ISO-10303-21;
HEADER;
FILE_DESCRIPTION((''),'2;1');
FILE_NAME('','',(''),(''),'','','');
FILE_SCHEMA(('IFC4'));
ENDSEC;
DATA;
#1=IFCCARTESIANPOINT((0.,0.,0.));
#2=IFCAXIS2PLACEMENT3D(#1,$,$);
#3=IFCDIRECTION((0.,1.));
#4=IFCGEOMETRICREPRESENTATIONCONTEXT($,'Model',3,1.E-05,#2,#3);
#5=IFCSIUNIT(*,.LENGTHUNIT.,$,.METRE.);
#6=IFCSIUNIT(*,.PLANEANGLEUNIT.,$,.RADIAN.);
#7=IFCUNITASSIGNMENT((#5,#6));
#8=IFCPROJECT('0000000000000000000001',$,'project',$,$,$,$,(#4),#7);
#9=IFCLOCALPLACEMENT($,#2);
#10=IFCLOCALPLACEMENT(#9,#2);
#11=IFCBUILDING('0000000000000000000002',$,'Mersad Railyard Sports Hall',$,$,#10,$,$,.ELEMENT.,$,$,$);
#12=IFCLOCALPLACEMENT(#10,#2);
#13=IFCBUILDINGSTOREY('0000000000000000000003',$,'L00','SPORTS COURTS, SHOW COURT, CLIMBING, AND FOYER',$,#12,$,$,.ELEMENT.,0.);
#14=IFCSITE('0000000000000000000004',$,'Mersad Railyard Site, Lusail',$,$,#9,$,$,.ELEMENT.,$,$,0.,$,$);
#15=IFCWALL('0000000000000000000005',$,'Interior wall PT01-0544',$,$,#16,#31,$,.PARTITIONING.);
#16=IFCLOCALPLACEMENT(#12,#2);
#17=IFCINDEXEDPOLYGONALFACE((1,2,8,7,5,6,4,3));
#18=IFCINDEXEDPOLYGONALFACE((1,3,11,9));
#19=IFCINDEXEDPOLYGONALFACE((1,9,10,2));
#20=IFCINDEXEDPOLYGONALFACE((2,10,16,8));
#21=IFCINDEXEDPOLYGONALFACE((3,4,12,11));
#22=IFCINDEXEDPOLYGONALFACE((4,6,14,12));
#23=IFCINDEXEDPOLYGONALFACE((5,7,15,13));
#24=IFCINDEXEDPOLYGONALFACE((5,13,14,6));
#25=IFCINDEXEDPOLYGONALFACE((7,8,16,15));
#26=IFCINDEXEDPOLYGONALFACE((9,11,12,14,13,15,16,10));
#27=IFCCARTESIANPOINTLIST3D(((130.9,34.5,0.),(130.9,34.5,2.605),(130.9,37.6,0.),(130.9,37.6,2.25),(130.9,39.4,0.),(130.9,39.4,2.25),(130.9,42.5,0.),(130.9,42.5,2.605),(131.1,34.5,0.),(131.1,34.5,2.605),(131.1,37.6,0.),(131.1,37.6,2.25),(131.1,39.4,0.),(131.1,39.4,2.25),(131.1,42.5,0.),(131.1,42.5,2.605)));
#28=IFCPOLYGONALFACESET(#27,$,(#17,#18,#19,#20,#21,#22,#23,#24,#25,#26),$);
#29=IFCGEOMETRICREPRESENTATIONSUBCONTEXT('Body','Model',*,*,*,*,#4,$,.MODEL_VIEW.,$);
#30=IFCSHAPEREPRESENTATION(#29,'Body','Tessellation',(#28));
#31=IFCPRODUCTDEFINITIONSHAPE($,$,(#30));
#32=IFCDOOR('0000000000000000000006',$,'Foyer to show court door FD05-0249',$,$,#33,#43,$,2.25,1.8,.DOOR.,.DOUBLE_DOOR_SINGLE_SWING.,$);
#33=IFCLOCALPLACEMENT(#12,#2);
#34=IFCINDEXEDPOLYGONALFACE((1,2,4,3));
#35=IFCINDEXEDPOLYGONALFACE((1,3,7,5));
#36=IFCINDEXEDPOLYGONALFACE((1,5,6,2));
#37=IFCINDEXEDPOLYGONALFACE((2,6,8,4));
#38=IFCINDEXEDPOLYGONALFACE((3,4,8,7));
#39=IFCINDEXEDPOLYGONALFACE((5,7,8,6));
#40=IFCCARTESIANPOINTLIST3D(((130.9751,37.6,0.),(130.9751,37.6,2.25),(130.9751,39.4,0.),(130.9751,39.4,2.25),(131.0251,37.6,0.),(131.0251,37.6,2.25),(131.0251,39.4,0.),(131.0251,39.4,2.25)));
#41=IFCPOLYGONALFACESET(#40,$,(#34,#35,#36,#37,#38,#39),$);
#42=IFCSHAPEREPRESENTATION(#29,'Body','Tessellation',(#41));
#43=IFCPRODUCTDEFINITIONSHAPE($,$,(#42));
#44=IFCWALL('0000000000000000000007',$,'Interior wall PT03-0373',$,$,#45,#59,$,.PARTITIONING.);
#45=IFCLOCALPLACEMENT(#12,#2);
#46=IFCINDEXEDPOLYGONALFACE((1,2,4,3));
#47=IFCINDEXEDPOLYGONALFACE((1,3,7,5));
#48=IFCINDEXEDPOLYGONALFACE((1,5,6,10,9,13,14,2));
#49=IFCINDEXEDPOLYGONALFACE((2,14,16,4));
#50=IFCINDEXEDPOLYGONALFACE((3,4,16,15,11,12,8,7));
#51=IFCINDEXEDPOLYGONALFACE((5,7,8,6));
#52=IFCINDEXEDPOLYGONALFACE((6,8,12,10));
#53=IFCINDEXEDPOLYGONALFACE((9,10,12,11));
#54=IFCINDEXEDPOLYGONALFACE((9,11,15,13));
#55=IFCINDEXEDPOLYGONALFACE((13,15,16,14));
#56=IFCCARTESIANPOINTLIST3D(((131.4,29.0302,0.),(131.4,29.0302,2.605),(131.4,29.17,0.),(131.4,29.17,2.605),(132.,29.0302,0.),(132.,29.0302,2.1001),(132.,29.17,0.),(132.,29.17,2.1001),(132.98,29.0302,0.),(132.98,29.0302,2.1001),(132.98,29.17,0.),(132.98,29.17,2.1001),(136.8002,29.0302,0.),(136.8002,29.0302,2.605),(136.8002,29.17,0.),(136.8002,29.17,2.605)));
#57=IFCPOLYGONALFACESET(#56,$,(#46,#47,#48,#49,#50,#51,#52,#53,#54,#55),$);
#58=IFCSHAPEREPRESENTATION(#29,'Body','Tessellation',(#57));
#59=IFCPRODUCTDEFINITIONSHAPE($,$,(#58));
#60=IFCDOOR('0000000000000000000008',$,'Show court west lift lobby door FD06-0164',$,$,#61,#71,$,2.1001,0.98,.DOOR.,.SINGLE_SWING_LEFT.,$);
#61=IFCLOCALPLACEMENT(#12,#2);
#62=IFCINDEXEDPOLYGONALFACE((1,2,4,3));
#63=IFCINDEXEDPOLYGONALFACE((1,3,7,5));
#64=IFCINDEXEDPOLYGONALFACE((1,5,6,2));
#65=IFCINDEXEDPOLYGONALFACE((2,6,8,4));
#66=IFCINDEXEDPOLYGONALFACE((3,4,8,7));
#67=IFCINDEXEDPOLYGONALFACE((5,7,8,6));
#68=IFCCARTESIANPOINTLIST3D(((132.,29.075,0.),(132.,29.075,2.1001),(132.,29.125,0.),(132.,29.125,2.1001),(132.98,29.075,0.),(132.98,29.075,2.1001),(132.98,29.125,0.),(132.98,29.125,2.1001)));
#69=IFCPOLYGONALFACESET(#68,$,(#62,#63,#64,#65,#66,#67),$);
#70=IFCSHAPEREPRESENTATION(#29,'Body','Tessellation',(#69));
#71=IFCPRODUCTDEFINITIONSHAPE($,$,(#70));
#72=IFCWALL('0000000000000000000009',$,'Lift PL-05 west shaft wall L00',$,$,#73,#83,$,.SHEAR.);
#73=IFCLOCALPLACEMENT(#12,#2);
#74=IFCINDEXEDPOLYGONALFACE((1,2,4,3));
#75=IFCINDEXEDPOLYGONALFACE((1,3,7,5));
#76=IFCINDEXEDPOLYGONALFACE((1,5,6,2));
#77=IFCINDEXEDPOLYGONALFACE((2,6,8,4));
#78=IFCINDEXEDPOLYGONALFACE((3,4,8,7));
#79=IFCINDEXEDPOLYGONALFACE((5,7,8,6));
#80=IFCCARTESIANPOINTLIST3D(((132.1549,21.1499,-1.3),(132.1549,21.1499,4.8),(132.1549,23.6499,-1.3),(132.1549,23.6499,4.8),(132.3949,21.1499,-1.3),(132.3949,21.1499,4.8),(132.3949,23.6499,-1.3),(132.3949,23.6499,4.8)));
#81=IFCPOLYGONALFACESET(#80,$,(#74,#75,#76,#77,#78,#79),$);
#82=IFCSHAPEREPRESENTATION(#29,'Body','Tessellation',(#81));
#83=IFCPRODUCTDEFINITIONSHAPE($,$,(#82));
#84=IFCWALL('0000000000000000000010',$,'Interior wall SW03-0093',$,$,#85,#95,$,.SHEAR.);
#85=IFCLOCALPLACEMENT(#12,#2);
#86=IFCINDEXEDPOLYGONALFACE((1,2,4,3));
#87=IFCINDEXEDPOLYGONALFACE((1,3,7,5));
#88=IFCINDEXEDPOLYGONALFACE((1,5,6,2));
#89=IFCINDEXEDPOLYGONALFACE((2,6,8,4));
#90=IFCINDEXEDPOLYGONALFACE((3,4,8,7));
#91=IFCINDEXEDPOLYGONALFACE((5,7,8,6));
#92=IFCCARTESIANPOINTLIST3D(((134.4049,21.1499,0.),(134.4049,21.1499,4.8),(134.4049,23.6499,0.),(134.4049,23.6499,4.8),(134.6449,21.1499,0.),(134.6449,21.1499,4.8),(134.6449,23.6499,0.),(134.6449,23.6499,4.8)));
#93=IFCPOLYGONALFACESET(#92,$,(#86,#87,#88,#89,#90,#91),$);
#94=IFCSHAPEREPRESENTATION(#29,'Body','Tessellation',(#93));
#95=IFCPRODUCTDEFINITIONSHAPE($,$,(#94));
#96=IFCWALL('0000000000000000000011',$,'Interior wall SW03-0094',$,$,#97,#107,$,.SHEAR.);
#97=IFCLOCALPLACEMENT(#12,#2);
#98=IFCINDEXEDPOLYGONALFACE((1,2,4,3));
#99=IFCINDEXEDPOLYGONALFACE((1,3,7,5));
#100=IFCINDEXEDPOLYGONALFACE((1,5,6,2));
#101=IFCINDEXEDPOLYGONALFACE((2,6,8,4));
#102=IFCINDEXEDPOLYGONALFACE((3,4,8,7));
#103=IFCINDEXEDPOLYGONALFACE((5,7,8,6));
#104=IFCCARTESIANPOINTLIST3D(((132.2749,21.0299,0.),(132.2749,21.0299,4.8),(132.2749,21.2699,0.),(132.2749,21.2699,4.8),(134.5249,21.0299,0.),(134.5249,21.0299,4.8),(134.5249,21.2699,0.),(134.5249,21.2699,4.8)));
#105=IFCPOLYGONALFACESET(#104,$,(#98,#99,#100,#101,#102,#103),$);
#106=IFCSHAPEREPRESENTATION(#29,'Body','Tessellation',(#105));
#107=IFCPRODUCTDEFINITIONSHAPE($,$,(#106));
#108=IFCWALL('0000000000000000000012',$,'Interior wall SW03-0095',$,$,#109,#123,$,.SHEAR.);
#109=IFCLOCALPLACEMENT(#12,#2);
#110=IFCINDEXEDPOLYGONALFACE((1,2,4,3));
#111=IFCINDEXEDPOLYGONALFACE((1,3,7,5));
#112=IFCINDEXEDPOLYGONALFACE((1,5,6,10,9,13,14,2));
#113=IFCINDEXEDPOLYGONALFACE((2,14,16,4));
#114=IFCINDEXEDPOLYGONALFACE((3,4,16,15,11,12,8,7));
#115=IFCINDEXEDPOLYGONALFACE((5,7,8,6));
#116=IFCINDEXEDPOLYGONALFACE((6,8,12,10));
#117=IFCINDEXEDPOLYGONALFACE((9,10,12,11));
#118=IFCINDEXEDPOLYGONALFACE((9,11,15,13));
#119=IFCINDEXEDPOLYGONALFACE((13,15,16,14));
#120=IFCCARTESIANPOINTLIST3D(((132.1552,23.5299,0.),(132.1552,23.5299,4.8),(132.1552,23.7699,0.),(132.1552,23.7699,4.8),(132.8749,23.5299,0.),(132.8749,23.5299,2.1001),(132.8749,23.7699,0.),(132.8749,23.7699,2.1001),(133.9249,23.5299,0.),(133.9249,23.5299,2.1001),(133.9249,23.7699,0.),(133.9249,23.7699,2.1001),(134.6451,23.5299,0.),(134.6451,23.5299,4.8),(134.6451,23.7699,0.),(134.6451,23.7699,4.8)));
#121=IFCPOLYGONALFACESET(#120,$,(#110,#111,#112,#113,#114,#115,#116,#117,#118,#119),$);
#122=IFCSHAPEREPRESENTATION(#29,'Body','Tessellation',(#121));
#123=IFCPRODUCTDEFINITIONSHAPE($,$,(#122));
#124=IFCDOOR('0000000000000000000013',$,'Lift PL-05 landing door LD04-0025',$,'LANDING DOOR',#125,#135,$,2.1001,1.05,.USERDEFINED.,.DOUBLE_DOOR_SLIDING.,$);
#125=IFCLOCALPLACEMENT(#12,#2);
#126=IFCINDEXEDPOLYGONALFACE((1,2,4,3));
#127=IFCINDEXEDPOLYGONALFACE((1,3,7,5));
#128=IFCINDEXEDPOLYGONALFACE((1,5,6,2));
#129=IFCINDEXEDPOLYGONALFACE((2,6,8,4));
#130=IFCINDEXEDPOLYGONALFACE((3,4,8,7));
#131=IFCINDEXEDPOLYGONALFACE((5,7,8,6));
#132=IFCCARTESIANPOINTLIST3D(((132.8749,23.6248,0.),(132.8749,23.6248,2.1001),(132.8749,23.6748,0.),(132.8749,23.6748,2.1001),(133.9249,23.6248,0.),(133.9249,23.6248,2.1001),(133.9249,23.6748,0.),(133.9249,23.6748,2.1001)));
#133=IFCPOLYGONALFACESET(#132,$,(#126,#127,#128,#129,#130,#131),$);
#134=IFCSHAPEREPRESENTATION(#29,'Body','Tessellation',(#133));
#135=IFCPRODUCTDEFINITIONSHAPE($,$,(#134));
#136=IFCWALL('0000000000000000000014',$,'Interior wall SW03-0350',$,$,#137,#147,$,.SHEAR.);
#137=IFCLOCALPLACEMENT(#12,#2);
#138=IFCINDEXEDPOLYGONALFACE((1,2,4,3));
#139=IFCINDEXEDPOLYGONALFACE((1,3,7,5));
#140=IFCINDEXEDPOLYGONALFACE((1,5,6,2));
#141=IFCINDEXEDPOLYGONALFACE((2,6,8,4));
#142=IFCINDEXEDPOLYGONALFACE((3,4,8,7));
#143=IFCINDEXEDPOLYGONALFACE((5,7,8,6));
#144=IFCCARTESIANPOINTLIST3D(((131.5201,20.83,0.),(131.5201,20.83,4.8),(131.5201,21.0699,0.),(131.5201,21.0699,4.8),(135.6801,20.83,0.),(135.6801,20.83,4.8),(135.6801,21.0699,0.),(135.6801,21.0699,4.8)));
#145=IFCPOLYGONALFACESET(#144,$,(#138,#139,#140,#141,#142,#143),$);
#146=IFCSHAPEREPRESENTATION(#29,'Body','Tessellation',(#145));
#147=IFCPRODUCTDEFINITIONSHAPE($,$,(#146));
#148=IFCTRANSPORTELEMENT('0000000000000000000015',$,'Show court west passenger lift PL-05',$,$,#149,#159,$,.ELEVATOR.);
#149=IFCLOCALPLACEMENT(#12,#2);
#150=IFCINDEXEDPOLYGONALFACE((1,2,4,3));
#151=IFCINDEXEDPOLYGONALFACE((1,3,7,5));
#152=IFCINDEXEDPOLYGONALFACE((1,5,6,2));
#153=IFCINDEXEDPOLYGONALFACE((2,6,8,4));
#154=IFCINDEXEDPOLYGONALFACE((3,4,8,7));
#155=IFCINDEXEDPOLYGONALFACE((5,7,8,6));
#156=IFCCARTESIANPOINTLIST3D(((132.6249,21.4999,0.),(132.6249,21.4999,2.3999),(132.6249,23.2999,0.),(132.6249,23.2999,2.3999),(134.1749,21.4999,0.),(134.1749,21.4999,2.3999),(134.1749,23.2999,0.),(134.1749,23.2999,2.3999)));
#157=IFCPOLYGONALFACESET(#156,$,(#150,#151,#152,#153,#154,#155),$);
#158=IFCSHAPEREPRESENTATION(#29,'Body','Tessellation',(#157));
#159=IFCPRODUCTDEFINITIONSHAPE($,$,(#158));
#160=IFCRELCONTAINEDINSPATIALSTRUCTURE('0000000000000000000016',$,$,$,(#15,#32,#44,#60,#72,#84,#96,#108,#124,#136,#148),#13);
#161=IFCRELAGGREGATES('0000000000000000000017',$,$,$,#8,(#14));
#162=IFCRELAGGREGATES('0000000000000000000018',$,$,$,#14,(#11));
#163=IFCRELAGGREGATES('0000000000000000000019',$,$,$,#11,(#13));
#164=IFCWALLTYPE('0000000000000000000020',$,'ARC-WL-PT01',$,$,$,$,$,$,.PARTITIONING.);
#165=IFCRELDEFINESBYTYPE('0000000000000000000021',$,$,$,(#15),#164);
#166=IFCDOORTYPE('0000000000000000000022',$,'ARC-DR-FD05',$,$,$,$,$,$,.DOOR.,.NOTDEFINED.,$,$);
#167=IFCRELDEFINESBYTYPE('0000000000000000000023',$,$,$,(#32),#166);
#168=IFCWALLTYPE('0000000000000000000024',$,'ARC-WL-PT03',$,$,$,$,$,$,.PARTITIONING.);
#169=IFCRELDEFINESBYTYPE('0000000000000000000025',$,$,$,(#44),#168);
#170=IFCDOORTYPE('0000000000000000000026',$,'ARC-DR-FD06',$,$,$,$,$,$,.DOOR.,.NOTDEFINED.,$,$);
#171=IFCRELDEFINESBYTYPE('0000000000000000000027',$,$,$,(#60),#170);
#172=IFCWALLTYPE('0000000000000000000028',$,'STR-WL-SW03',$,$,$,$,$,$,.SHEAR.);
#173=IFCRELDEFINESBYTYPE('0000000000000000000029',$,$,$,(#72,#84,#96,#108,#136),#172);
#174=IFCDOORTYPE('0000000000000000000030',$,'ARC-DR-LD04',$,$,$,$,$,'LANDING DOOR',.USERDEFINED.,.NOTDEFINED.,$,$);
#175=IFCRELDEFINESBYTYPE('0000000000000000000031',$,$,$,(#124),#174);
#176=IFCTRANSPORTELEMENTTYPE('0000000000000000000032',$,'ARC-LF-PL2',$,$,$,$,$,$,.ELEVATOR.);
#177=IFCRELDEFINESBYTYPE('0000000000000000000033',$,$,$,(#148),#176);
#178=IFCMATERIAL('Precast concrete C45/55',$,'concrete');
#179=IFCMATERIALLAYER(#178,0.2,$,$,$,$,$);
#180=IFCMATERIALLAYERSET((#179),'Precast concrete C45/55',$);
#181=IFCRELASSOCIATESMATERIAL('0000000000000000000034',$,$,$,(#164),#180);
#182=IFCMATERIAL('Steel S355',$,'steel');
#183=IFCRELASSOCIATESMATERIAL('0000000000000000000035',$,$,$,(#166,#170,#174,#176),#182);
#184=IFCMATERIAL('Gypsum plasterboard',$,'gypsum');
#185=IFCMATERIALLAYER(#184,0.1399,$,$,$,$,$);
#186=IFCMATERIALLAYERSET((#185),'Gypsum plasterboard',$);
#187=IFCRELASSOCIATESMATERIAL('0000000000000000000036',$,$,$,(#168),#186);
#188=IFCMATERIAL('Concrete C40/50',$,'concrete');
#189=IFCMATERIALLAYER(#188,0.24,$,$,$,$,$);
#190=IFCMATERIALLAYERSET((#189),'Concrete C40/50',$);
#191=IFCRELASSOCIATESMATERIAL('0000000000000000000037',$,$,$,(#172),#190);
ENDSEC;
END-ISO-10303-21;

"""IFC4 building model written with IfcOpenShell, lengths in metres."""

from ifc_helpers import new_model, si_unit, direction, frame, frame_2d, origin, origin_2d, place, context, subcontext, project, spatial, rectangle, extrude, material, layer, layer_set, type_object, element, fill, save


model = new_model("IFC4")

# Units and contexts
model_context = context("Model", 3, precision=1e-05, world=origin(), true_north=direction((0.0, 1.0)))
body_context = subcontext(model_context, "Body", "Model", "MODEL_VIEW")
ifc_project = project(units=[si_unit("LENGTHUNIT", "METRE"), si_unit("PLANEANGLEUNIT", "RADIAN")], contexts=[model_context])

# Site, building, storey
site_placement = place(None, origin())
site = spatial("IfcSite", under=ifc_project, at=site_placement, Name="Mersad Railyard Site, Lusail", CompositionType="ELEMENT", RefElevation=0.0)
building_placement = place(site_placement, origin())
building = spatial("IfcBuilding", under=site, at=building_placement, Name="Mersad Railyard Sports Hall", CompositionType="ELEMENT")
storey_placement = place(building_placement, origin())
storey = spatial("IfcBuildingStorey", under=building, at=storey_placement, Name="L00", Description="SPORTS COURTS, SHOW COURT, CLIMBING, AND FOYER", CompositionType="ELEMENT", Elevation=0.0)

# Shared definitions
ifc_material_1 = material(Name="Concrete C40/50", Category="concrete")

# Walls, openings, doors
ifc_material_2 = material(Name="Precast concrete C45/55", Category="concrete")
ifc_layer_1 = layer(ifc_material_2, 0.2)
ifc_layer_set_1 = layer_set([ifc_layer_1], Name="Precast concrete C45/55")
wall_type_1 = type_object("IfcWallType", Name="ARC-WL-PT01", PredefinedType="PARTITIONING", material=ifc_layer_set_1)
ifc_material_3 = material(Name="Steel S355", Category="steel")
door_type_1 = type_object("IfcDoorType", Name="ARC-DR-FD05", OperationType="NOTDEFINED", PredefinedType="DOOR", material=ifc_material_3)
wall_1_placement = place(storey_placement, frame((131.0, 34.5, 0.0), z_axis=(0.0, 0.0, 1.0), x_axis=(0.0, 1.0, 0.0)))
wall_1 = element("IfcWall", 1, at=wall_1_placement, inside=storey, type_object=wall_type_1, Name="Interior wall PT01-0544", PredefinedType="PARTITIONING", context=body_context, shape_type="SweptSolid", body=[
    extrude(rectangle(XDim=8.0, YDim=0.2, at=frame_2d((4.0, 0.0))), origin(), (0.0, 0.0, 1.0), 2.605),
])
opening_1_placement = place(wall_1_placement, frame((3.1001, 0.0, 0.0)))
opening_1 = element("IfcOpeningElement", 2, at=opening_1_placement, cuts=wall_1, PredefinedType="OPENING", context=body_context, shape_type="SweptSolid", body=[
    extrude(rectangle(XDim=1.8, YDim=2.25, at=frame_2d((0.8999, 1.125))), frame((0.0, 0.1099, 0.0), z_axis=(0.0, -1.0, 0.0), x_axis=(1.0, 0.0, 0.0)), (0.0, 0.0, 1.0), 0.22),
])
door_1_placement = place(opening_1_placement, origin())
door_1 = element("IfcDoor", 3, at=door_1_placement, inside=storey, type_object=door_type_1, Name="Foyer to show court door FD05-0249", OperationType="DOUBLE_DOOR_SINGLE_SWING", OverallHeight=2.25, OverallWidth=1.8, PredefinedType="DOOR", context=body_context, shape_type="SweptSolid", body=[
    extrude(rectangle(XDim=1.8, YDim=2.25, at=frame_2d((0.8999, 1.125))), frame((0.0, 0.0249, 0.0), z_axis=(0.0, -1.0, 0.0), x_axis=(1.0, 0.0, 0.0)), (0.0, 0.0, 1.0), 0.05),
])
fill(opening_1, door_1)
ifc_material_4 = material(Name="Gypsum plasterboard", Category="gypsum")
ifc_layer_2 = layer(ifc_material_4, 0.1399)
ifc_layer_set_2 = layer_set([ifc_layer_2], Name="Gypsum plasterboard")
wall_type_2 = type_object("IfcWallType", Name="ARC-WL-PT03", PredefinedType="PARTITIONING", material=ifc_layer_set_2)
wall_2_placement = place(storey_placement, frame((131.3999, 29.1001, 0.0), z_axis=(0.0, 0.0, 1.0), x_axis=(1.0, 0.0, 0.0)))
wall_2 = element("IfcWall", 4, at=wall_2_placement, inside=storey, type_object=wall_type_2, Name="Interior wall PT03-0373", PredefinedType="PARTITIONING", context=body_context, shape_type="SweptSolid", body=[
    extrude(rectangle(XDim=5.4001, YDim=0.1399, at=frame_2d((2.7002, 0.0))), origin(), (0.0, 0.0, 1.0), 2.605),
])
opening_2_placement = place(wall_2_placement, frame((0.6001, 0.0, 0.0)))
opening_2 = element("IfcOpeningElement", 5, at=opening_2_placement, cuts=wall_2, PredefinedType="OPENING", context=body_context, shape_type="SweptSolid", body=[
    extrude(rectangle(XDim=0.98, YDim=2.1001, at=frame_2d((0.49, 1.05))), frame((0.0, 0.0798, 0.0), z_axis=(0.0, -1.0, 0.0), x_axis=(1.0, 0.0, 0.0)), (0.0, 0.0, 1.0), 0.1599),
])
door_type_2 = type_object("IfcDoorType", Name="ARC-DR-FD06", OperationType="NOTDEFINED", PredefinedType="DOOR", material=ifc_material_3)
door_2_placement = place(opening_2_placement, origin())
door_2 = element("IfcDoor", 6, at=door_2_placement, inside=storey, type_object=door_type_2, Name="Show court west lift lobby door FD06-0164", OperationType="SINGLE_SWING_LEFT", OverallHeight=2.1001, OverallWidth=0.98, PredefinedType="DOOR", context=body_context, shape_type="SweptSolid", body=[
    extrude(rectangle(XDim=0.98, YDim=2.1001, at=frame_2d((0.49, 1.05))), frame((0.0, 0.0249, 0.0), z_axis=(0.0, -1.0, 0.0), x_axis=(1.0, 0.0, 0.0)), (0.0, 0.0, 1.0), 0.05),
])
fill(opening_2, door_2)

# Walls
ifc_layer_3 = layer(ifc_material_1, 0.24)
ifc_layer_set_3 = layer_set([ifc_layer_3], Name="Concrete C40/50")
wall_type_3 = type_object("IfcWallType", Name="STR-WL-SW03", PredefinedType="SHEAR", material=ifc_layer_set_3)
wall_3_placement = place(storey_placement, frame((132.2749, 21.1499, -1.3), z_axis=(0.0, 0.0, 1.0), x_axis=(0.0, 1.0, 0.0)))
element("IfcWall", 7, at=wall_3_placement, inside=storey, type_object=wall_type_3, Name="Lift PL-05 west shaft wall L00", PredefinedType="SHEAR", context=body_context, shape_type="SweptSolid", body=[
    extrude(rectangle(XDim=2.5, YDim=0.24, at=frame_2d((1.25, 0.0))), origin(), (0.0, 0.0, 1.0), 6.1001),
])
wall_4_placement = place(storey_placement, frame((134.5249, 23.6499, 0.0), z_axis=(0.0, 0.0, 1.0), x_axis=(0.0, -1.0, 0.0)))
element("IfcWall", 8, at=wall_4_placement, inside=storey, type_object=wall_type_3, Name="Interior wall SW03-0093", PredefinedType="SHEAR", context=body_context, shape_type="SweptSolid", body=[
    extrude(rectangle(XDim=2.5, YDim=0.24, at=frame_2d((1.25, 0.0))), origin(), (0.0, 0.0, 1.0), 4.8),
])
wall_5_placement = place(storey_placement, frame((134.5249, 21.1499, 0.0), z_axis=(0.0, 0.0, 1.0), x_axis=(-1.0, 0.0, 0.0)))
element("IfcWall", 9, at=wall_5_placement, inside=storey, type_object=wall_type_3, Name="Interior wall SW03-0094", PredefinedType="SHEAR", context=body_context, shape_type="SweptSolid", body=[
    extrude(rectangle(XDim=2.25, YDim=0.24, at=frame_2d((1.125, 0.0))), origin(), (0.0, 0.0, 1.0), 4.8),
])

# Wall, opening, door
wall_6_placement = place(storey_placement, frame((132.155, 23.6499, 0.0), z_axis=(0.0, 0.0, 1.0), x_axis=(1.0, 0.0, 0.0)))
wall_6 = element("IfcWall", 10, at=wall_6_placement, inside=storey, type_object=wall_type_3, Name="Interior wall SW03-0095", PredefinedType="SHEAR", context=body_context, shape_type="SweptSolid", body=[
    extrude(rectangle(XDim=2.49, YDim=0.24, at=frame_2d((1.2451, 0.0))), origin(), (0.0, 0.0, 1.0), 4.8),
])
opening_3_placement = place(wall_6_placement, frame((0.72, 0.0, 0.0)))
opening_3 = element("IfcOpeningElement", 11, at=opening_3_placement, cuts=wall_6, PredefinedType="OPENING", context=body_context, shape_type="SweptSolid", body=[
    extrude(rectangle(XDim=1.05, YDim=2.1001, at=frame_2d((0.5249, 1.05))), frame((0.0, 0.1299, 0.0), z_axis=(0.0, -1.0, 0.0), x_axis=(1.0, 0.0, 0.0)), (0.0, 0.0, 1.0), 0.26),
])
door_type_3 = type_object("IfcDoorType", Name="ARC-DR-LD04", ElementType="LANDING DOOR", OperationType="NOTDEFINED", PredefinedType="USERDEFINED", material=ifc_material_3)
door_3_placement = place(opening_3_placement, origin())
door_3 = element("IfcDoor", 12, at=door_3_placement, inside=storey, type_object=door_type_3, Name="Lift PL-05 landing door LD04-0025", ObjectType="LANDING DOOR", OperationType="DOUBLE_DOOR_SLIDING", OverallHeight=2.1001, OverallWidth=1.05, PredefinedType="USERDEFINED", context=body_context, shape_type="SweptSolid", body=[
    extrude(rectangle(XDim=1.05, YDim=2.1001, at=frame_2d((0.5249, 1.05))), frame((0.0, 0.0249, 0.0), z_axis=(0.0, -1.0, 0.0), x_axis=(1.0, 0.0, 0.0)), (0.0, 0.0, 1.0), 0.05),
])
fill(opening_3, door_3)

# Wall
wall_7_placement = place(storey_placement, frame((131.52, 20.95, 0.0), z_axis=(0.0, 0.0, 1.0), x_axis=(1.0, 0.0, 0.0)))
element("IfcWall", 13, at=wall_7_placement, inside=storey, type_object=wall_type_3, Name="Interior wall SW03-0350", PredefinedType="SHEAR", context=body_context, shape_type="SweptSolid", body=[
    extrude(rectangle(XDim=4.1599, YDim=0.24, at=frame_2d((2.0801, 0.0))), origin(), (0.0, 0.0, 1.0), 4.8),
])

# Transport element
transport_element_type = type_object("IfcTransportElementType", Name="ARC-LF-PL2", PredefinedType="ELEVATOR", material=ifc_material_3)
transport_element_placement = place(storey_placement, frame((133.3999, 22.3999, 0.0), z_axis=(0.0, 0.0, 1.0), x_axis=(1.0, 0.0, 0.0)))
element("IfcTransportElement", 14, at=transport_element_placement, inside=storey, type_object=transport_element_type, Name="Show court west passenger lift PL-05", PredefinedType="ELEVATOR", context=body_context, shape_type="SweptSolid", body=[
    extrude(rectangle(XDim=1.55, YDim=1.8, at=origin_2d()), origin(), (0.0, 0.0, 1.0), 2.3999),
])

save(model, "model.ifc")
